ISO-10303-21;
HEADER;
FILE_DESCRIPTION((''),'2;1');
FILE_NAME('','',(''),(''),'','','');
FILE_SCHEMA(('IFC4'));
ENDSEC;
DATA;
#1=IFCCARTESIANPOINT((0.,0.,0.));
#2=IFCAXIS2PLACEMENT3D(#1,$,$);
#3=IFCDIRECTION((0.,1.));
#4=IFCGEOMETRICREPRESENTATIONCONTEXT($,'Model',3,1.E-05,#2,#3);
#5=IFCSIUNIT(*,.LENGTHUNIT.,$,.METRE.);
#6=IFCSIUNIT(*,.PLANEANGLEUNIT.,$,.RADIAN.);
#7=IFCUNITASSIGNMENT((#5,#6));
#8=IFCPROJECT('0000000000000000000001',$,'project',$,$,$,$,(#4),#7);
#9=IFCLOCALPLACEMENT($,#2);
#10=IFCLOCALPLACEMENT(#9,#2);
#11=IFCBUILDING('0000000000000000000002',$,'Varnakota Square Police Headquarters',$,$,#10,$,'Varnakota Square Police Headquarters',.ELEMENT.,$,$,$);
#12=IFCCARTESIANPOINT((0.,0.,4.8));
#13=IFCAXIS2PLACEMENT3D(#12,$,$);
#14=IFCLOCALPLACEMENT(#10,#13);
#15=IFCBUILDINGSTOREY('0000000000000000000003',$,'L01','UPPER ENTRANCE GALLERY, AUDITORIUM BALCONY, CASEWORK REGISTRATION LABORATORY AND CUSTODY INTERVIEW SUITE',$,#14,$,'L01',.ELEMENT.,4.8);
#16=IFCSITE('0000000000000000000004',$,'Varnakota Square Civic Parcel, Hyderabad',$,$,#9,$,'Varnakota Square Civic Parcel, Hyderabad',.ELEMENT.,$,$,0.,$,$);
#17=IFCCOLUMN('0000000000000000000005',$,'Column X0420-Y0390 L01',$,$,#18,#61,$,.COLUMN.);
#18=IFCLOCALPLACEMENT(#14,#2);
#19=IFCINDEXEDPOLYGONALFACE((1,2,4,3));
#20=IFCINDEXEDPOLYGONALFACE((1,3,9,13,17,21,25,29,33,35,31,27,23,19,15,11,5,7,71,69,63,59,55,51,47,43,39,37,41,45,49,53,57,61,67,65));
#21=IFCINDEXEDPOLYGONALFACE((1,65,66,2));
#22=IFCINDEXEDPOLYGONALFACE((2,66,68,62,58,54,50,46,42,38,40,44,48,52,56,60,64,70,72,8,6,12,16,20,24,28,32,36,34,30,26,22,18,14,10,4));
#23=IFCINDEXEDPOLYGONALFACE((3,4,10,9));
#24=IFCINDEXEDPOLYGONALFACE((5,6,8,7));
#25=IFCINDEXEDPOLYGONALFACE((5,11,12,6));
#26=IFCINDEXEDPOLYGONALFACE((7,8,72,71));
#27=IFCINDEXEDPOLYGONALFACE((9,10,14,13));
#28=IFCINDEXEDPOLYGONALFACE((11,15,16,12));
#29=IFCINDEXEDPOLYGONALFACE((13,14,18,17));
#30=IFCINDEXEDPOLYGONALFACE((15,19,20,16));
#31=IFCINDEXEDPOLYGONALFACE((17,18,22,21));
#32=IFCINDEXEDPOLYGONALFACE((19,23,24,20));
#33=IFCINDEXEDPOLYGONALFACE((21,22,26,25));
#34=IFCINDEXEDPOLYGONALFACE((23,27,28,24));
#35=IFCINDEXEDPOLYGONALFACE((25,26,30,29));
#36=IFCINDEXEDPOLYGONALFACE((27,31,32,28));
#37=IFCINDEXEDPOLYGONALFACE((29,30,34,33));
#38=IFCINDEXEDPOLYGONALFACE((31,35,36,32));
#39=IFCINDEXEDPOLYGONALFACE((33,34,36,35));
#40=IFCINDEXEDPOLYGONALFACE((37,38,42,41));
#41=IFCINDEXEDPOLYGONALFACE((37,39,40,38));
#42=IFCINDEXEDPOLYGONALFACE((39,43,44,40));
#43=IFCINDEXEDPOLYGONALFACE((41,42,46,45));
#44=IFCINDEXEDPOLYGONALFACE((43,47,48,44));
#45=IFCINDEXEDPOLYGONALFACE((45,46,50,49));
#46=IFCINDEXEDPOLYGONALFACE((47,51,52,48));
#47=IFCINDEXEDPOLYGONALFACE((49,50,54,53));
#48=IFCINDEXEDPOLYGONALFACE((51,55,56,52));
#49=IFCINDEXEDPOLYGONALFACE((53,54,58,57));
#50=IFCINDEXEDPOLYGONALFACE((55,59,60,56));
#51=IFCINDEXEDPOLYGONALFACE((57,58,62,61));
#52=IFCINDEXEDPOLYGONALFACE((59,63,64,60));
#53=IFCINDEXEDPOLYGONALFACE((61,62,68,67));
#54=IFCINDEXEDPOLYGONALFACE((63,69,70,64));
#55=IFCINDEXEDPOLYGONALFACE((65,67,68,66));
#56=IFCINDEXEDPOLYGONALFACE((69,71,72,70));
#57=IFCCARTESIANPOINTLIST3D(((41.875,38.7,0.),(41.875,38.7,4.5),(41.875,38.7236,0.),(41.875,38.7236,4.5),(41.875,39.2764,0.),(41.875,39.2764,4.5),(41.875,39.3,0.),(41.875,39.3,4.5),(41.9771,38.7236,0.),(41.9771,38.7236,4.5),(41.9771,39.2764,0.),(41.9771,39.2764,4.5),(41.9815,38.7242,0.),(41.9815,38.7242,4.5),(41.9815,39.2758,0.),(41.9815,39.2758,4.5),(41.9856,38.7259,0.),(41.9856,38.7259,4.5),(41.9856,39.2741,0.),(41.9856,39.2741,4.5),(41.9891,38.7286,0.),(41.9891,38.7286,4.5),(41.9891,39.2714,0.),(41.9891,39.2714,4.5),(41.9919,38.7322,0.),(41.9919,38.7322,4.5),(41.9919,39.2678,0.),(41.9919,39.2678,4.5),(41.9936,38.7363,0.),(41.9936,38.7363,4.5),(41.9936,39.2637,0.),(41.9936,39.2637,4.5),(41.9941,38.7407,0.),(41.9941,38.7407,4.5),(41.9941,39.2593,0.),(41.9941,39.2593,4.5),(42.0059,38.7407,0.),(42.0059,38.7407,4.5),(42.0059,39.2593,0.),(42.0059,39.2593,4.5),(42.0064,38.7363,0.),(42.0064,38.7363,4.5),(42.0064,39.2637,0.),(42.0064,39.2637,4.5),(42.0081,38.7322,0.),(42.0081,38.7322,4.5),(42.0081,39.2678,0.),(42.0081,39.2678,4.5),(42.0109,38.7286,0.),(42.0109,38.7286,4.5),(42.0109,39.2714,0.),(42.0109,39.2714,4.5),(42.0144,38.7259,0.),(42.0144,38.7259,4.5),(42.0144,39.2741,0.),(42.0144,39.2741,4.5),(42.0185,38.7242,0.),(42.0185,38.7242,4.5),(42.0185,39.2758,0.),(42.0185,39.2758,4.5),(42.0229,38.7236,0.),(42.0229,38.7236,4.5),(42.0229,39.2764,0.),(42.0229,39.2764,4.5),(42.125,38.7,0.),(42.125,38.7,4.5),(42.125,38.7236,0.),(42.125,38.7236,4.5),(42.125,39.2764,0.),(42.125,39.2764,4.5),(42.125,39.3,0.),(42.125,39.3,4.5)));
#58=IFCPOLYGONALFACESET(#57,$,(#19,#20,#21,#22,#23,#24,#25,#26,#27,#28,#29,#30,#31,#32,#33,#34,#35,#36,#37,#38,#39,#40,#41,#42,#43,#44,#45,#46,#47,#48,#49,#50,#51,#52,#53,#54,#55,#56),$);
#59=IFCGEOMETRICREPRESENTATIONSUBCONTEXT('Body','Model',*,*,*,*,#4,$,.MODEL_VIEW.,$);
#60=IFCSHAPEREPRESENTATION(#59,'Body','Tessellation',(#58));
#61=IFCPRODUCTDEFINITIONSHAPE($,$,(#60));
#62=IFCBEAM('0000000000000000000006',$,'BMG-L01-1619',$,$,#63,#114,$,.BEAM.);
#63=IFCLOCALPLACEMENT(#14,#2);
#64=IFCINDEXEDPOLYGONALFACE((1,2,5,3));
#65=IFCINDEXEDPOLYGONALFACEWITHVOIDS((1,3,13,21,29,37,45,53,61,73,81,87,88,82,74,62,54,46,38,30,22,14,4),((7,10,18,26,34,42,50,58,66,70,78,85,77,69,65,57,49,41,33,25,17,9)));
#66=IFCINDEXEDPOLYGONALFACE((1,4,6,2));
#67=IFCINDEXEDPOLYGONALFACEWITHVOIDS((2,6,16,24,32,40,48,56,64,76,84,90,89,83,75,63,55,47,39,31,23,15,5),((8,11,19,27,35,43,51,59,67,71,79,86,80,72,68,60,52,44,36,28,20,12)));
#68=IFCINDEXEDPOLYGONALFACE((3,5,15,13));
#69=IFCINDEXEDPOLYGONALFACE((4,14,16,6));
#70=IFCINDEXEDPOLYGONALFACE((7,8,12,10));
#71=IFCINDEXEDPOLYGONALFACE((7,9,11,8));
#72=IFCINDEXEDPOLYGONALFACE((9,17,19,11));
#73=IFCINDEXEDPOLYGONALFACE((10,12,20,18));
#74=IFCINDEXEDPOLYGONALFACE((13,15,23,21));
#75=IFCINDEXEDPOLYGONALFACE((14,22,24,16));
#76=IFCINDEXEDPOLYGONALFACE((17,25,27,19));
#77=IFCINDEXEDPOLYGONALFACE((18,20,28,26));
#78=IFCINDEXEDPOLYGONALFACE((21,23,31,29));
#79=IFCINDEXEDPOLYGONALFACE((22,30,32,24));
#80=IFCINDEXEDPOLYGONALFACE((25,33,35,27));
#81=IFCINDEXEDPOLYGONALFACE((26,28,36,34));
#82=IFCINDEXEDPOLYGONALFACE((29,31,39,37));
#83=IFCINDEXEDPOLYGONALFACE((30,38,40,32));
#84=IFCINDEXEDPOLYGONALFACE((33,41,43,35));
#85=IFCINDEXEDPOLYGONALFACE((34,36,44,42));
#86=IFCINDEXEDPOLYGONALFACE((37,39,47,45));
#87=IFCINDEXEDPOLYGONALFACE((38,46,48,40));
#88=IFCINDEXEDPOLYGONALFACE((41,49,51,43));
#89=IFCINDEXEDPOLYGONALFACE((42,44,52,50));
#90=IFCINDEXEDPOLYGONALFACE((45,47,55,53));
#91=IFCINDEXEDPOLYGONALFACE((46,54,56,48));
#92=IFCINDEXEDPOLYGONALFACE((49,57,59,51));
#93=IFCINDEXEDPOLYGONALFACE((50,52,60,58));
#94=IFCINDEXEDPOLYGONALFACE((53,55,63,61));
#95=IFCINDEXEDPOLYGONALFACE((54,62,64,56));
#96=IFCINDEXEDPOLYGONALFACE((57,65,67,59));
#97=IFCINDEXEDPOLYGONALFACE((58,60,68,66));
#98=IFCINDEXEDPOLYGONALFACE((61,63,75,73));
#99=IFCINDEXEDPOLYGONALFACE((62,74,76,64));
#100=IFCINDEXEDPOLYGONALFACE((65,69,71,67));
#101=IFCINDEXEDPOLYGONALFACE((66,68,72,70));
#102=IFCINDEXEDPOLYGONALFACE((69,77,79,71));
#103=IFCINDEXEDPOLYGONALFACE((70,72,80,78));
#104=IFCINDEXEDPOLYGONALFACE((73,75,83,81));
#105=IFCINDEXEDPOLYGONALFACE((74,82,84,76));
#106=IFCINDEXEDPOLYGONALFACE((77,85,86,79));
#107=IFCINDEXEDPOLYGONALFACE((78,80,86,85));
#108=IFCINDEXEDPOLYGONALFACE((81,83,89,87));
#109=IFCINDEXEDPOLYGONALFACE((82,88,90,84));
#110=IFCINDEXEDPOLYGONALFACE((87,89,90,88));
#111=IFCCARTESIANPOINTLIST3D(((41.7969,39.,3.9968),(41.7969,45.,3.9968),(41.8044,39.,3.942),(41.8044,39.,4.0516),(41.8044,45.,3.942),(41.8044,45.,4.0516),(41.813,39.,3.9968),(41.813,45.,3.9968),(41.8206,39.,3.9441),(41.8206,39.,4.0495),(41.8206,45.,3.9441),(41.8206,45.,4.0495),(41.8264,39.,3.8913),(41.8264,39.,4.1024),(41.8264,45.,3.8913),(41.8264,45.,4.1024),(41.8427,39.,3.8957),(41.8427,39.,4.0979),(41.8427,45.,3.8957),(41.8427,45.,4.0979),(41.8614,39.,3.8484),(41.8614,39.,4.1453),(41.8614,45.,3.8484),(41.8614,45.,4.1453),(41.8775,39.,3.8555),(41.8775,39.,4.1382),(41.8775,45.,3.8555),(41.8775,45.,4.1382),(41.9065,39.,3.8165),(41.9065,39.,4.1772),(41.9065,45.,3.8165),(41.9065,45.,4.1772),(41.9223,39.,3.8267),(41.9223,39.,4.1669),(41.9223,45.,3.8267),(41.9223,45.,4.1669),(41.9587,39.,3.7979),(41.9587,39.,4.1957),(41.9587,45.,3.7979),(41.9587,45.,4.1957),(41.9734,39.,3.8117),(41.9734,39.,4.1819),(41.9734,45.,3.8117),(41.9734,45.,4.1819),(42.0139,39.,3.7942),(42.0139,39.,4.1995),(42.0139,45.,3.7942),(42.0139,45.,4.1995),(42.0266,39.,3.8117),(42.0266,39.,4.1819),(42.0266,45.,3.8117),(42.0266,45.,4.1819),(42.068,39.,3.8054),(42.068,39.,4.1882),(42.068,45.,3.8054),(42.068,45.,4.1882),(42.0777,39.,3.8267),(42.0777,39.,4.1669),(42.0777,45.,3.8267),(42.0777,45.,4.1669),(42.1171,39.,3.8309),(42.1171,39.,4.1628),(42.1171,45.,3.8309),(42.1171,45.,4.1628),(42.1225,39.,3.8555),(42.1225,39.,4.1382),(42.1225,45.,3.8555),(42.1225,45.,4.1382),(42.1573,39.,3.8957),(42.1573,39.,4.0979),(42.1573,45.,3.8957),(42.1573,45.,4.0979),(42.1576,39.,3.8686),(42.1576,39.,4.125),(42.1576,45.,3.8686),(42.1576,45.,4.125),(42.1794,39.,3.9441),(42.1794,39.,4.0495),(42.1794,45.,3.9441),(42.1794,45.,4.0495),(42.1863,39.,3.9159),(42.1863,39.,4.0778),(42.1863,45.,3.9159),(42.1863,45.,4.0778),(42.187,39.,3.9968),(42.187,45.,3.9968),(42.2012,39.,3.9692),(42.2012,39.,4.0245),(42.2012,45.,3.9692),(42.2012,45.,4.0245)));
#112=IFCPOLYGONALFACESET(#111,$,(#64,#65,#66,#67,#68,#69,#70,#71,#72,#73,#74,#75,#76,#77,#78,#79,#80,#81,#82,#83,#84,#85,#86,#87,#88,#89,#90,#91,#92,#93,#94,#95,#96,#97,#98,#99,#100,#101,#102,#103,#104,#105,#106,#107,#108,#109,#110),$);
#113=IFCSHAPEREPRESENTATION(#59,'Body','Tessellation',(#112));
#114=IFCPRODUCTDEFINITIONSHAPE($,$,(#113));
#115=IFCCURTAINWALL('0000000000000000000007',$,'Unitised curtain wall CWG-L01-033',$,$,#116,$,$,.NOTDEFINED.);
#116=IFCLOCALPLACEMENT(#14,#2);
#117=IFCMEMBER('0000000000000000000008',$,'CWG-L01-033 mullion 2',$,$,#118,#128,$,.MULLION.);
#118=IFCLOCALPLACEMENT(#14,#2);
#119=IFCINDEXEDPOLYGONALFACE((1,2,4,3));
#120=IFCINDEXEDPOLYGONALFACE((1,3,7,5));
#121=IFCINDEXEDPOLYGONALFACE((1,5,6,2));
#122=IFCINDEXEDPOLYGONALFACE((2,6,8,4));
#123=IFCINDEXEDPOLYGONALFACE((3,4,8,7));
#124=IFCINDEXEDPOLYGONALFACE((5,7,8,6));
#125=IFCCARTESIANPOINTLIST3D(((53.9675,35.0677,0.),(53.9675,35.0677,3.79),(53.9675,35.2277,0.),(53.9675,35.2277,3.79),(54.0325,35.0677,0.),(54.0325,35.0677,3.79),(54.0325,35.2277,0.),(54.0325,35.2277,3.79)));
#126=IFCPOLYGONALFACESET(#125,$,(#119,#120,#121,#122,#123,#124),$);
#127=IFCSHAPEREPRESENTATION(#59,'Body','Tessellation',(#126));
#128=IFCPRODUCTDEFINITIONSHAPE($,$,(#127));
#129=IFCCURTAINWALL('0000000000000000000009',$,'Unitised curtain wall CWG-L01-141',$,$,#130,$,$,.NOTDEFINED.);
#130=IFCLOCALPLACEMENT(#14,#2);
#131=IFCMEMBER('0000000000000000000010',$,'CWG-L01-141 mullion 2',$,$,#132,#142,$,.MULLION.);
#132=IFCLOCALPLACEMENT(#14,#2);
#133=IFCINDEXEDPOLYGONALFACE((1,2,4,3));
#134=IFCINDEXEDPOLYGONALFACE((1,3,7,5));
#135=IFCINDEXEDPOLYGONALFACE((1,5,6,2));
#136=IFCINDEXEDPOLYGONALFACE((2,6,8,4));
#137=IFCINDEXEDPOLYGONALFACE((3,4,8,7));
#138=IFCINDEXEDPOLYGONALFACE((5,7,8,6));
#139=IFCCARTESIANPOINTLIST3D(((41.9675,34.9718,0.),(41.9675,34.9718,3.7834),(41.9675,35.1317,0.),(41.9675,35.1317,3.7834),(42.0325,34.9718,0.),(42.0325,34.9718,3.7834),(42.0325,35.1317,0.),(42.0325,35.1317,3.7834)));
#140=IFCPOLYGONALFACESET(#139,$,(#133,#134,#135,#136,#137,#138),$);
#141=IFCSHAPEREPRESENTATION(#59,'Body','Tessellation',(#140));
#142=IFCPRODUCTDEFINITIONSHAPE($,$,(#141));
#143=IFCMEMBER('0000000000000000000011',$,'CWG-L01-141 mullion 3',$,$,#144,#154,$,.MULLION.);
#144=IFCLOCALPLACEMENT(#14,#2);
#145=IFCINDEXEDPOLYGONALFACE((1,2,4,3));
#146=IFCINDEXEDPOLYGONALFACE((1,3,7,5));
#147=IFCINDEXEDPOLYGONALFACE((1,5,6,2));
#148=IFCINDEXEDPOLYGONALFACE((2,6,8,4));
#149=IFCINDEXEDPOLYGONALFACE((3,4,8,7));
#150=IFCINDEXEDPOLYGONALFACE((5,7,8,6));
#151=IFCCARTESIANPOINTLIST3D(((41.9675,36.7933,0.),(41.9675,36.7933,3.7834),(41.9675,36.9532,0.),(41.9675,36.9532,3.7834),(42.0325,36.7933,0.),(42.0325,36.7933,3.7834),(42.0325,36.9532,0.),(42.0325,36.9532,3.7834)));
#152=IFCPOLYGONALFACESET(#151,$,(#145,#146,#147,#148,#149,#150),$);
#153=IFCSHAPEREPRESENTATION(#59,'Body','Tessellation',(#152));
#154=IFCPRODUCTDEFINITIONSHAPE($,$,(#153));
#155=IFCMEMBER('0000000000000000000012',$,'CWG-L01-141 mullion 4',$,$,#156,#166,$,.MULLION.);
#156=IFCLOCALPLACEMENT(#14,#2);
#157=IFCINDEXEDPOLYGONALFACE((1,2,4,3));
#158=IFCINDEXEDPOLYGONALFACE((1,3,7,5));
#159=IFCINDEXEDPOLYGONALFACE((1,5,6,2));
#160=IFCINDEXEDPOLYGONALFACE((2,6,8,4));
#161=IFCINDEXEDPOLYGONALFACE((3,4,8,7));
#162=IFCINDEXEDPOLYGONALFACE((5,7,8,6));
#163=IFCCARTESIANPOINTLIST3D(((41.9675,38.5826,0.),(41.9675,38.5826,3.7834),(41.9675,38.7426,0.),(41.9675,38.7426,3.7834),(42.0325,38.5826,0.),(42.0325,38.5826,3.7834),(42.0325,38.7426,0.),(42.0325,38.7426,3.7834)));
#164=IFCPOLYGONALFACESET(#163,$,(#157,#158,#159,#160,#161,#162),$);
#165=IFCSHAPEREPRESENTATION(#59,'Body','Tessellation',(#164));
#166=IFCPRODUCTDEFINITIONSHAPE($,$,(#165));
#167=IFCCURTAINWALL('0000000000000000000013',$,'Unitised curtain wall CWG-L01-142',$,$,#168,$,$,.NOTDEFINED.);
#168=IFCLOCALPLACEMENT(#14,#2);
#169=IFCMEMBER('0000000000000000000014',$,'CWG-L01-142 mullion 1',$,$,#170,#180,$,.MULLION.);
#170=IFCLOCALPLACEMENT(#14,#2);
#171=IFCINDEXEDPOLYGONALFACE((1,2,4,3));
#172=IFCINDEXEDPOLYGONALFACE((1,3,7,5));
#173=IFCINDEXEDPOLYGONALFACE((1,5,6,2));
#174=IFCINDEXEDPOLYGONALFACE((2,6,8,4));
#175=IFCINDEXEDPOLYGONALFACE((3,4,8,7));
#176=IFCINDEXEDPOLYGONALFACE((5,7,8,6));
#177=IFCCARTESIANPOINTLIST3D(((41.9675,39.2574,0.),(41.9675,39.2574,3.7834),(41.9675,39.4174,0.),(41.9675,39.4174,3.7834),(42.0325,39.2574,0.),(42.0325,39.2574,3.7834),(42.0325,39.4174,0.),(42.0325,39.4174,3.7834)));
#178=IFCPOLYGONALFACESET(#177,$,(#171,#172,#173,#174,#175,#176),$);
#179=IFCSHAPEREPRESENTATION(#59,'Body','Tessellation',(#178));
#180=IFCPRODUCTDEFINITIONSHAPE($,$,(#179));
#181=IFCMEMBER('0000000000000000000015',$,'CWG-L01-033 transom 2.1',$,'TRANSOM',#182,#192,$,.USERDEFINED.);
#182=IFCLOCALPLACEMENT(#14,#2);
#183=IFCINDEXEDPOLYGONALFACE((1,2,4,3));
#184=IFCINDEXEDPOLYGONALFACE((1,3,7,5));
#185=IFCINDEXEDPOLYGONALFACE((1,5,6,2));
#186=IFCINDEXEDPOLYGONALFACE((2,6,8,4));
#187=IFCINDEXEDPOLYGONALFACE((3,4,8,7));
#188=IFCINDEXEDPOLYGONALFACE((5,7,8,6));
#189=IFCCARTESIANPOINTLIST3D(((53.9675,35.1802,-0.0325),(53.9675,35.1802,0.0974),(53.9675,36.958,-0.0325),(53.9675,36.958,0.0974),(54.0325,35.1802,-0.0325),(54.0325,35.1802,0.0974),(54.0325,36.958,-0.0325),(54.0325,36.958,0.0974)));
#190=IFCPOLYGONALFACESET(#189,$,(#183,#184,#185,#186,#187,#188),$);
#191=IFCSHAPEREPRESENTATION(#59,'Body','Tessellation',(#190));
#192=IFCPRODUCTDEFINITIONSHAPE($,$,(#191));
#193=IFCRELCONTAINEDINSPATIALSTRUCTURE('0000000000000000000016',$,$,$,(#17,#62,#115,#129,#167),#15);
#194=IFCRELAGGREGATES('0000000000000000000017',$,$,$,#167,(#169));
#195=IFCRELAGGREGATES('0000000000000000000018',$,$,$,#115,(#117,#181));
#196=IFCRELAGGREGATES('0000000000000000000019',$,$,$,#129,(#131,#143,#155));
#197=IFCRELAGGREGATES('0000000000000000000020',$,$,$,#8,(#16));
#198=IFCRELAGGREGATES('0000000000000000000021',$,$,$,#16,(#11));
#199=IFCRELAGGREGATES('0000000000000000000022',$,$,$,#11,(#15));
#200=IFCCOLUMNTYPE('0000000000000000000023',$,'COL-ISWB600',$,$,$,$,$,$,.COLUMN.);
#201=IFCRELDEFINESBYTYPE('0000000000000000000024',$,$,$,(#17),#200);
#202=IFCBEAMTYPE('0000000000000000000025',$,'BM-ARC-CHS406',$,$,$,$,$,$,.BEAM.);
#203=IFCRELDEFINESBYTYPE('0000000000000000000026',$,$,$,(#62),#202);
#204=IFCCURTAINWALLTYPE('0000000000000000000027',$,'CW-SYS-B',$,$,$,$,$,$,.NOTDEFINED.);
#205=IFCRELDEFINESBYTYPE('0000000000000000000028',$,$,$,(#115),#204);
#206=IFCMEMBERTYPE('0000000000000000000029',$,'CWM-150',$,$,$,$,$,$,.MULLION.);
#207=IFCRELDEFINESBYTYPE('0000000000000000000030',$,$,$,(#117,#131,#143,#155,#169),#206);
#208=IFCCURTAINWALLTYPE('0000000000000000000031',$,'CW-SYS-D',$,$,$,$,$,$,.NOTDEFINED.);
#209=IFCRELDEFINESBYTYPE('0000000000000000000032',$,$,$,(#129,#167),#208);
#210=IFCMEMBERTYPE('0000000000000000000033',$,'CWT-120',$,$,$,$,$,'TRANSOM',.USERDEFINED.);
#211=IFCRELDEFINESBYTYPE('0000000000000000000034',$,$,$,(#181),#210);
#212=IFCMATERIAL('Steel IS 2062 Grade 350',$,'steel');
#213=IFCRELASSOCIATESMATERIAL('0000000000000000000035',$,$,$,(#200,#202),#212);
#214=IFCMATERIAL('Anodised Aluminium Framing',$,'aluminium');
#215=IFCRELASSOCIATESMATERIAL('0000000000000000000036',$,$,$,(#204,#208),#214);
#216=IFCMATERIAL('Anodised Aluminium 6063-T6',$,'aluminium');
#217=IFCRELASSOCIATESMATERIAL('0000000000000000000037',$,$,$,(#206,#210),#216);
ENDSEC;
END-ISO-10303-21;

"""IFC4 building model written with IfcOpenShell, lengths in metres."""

from ifc_helpers import new_model, si_unit, direction, frame, origin, origin_2d, place, context, subcontext, project, spatial, rectangle, hollow_circle, i_section, extrude, material, material_profile, profile_set, type_object, element, aggregate, save


model = new_model("IFC4")

# Units and contexts
model_context = context("Model", 3, precision=1e-05, world=origin(), true_north=direction((0.0, 1.0)))
body_context = subcontext(model_context, "Body", "Model", "MODEL_VIEW")
ifc_project = project(units=[si_unit("LENGTHUNIT", "METRE"), si_unit("PLANEANGLEUNIT", "RADIAN")], contexts=[model_context])

# Site, building, storey
site_placement = place(None, origin())
site = spatial("IfcSite", under=ifc_project, at=site_placement, Name="Varnakota Square Civic Parcel, Hyderabad", LongName="Varnakota Square Civic Parcel, Hyderabad", CompositionType="ELEMENT", RefElevation=0.0)
building_placement = place(site_placement, origin())
building = spatial("IfcBuilding", under=site, at=building_placement, Name="Varnakota Square Police Headquarters", LongName="Varnakota Square Police Headquarters", CompositionType="ELEMENT")
storey_placement = place(building_placement, frame((0.0, 0.0, 4.8)))
storey = spatial("IfcBuildingStorey", under=building, at=storey_placement, Name="L01", Description="UPPER ENTRANCE GALLERY, AUDITORIUM BALCONY, CASEWORK REGISTRATION LABORATORY AND CUSTODY INTERVIEW SUITE", LongName="L01", CompositionType="ELEMENT", Elevation=4.8)

# Column
ifc_material_1 = material(Name="Steel IS 2062 Grade 350", Category="steel")
ifc_material_profile_1 = material_profile(ifc_material_1, i_section(OverallWidth=0.25, OverallDepth=0.6001, WebThickness=0.0117, FlangeThickness=0.0237, FilletRadius=0.0171, at=origin_2d()), Name="ISWB 600")
ifc_profile_set_1 = profile_set([ifc_material_profile_1], Name="Steel IS 2062 Grade 350")
column_type = type_object("IfcColumnType", Name="COL-ISWB600", PredefinedType="COLUMN", material=ifc_profile_set_1)
column_placement = place(storey_placement, frame((42.0, 39.0, 0.0), z_axis=(0.0, 0.0, 1.0), x_axis=(1.0, 0.0, 0.0)))
element("IfcColumn", 1, at=column_placement, inside=storey, type_object=column_type, Name="Column X0420-Y0390 L01", PredefinedType="COLUMN", context=body_context, shape_type="SweptSolid", body=[
    extrude(i_section(OverallWidth=0.25, OverallDepth=0.6001, WebThickness=0.0117, FlangeThickness=0.0237, FilletRadius=0.0171, at=origin_2d()), origin(), (0.0, 0.0, 1.0), 4.5),
])

# Beam
ifc_material_profile_2 = material_profile(ifc_material_1, hollow_circle(Radius=0.2031, WallThickness=0.0161, at=origin_2d()), Name="CHS 406.4x16.0")
ifc_profile_set_2 = profile_set([ifc_material_profile_2], Name="Steel IS 2062 Grade 350")
beam_type = type_object("IfcBeamType", Name="BM-ARC-CHS406", PredefinedType="BEAM", material=ifc_profile_set_2)
beam_placement = place(storey_placement, frame((42.0, 39.0, 3.9968), z_axis=(0.0, 1.0, 0.0), x_axis=(-1.0, 0.0, 0.0)))
element("IfcBeam", 2, at=beam_placement, inside=storey, type_object=beam_type, Name="BMG-L01-1619", PredefinedType="BEAM", context=body_context, shape_type="SweptSolid", body=[
    extrude(hollow_circle(Radius=0.2031, WallThickness=0.0161, at=origin_2d()), origin(), (0.0, 0.0, 1.0), 6.0),
])

# Curtain wall, member
ifc_material_2 = material(Name="Anodised Aluminium Framing", Category="aluminium")
curtain_wall_type_1 = type_object("IfcCurtainWallType", Name="CW-SYS-B", PredefinedType="NOTDEFINED", material=ifc_material_2)
curtain_wall_1_placement = place(storey_placement, origin())
curtain_wall_1 = element("IfcCurtainWall", 3, at=curtain_wall_1_placement, inside=storey, type_object=curtain_wall_type_1, Name="Unitised curtain wall CWG-L01-033", PredefinedType="NOTDEFINED")
ifc_material_3 = material(Name="Anodised Aluminium 6063-T6", Category="aluminium")
ifc_material_profile_3 = material_profile(ifc_material_3, rectangle(XDim=0.0649, YDim=0.1599, at=origin_2d()), Name="ALU MULLION 65x160")
ifc_profile_set_3 = profile_set([ifc_material_profile_3], Name="Anodised Aluminium 6063-T6")
member_type_1 = type_object("IfcMemberType", Name="CWM-150", PredefinedType="MULLION", material=ifc_profile_set_3)
member_1_placement = place(storey_placement, frame((54.0, 35.1477, 0.0), z_axis=(0.0, 0.0, 1.0), x_axis=(-1.0, 0.0, 0.0)))
member_1 = element("IfcMember", 4, at=member_1_placement, type_object=member_type_1, Name="CWG-L01-033 mullion 2", PredefinedType="MULLION", context=body_context, shape_type="SweptSolid", body=[
    extrude(rectangle(XDim=0.0649, YDim=0.1599, at=origin_2d()), origin(), (0.0, 0.0, 1.0), 3.79),
])

# Curtain wall, members
curtain_wall_type_2 = type_object("IfcCurtainWallType", Name="CW-SYS-D", PredefinedType="NOTDEFINED", material=ifc_material_2)
curtain_wall_2_placement = place(storey_placement, origin())
curtain_wall_2 = element("IfcCurtainWall", 5, at=curtain_wall_2_placement, inside=storey, type_object=curtain_wall_type_2, Name="Unitised curtain wall CWG-L01-141", PredefinedType="NOTDEFINED")
member_2_placement = place(storey_placement, frame((42.0, 35.0518, 0.0), z_axis=(0.0, 0.0, 1.0), x_axis=(-1.0, 0.0, 0.0)))
member_2 = element("IfcMember", 6, at=member_2_placement, type_object=member_type_1, Name="CWG-L01-141 mullion 2", PredefinedType="MULLION", context=body_context, shape_type="SweptSolid", body=[
    extrude(rectangle(XDim=0.0649, YDim=0.1599, at=origin_2d()), origin(), (0.0, 0.0, 1.0), 3.7834),
])
member_3_placement = place(storey_placement, frame((42.0, 36.8733, 0.0), z_axis=(0.0, 0.0, 1.0), x_axis=(-1.0, 0.0, 0.0)))
member_3 = element("IfcMember", 7, at=member_3_placement, type_object=member_type_1, Name="CWG-L01-141 mullion 3", PredefinedType="MULLION", context=body_context, shape_type="SweptSolid", body=[
    extrude(rectangle(XDim=0.0649, YDim=0.1599, at=origin_2d()), origin(), (0.0, 0.0, 1.0), 3.7834),
])
member_4_placement = place(storey_placement, frame((42.0, 38.6626, 0.0), z_axis=(0.0, 0.0, 1.0), x_axis=(-1.0, 0.0, 0.0)))
member_4 = element("IfcMember", 8, at=member_4_placement, type_object=member_type_1, Name="CWG-L01-141 mullion 4", PredefinedType="MULLION", context=body_context, shape_type="SweptSolid", body=[
    extrude(rectangle(XDim=0.0649, YDim=0.1599, at=origin_2d()), origin(), (0.0, 0.0, 1.0), 3.7834),
])

# Curtain wall, member
curtain_wall_3_placement = place(storey_placement, origin())
curtain_wall_3 = element("IfcCurtainWall", 9, at=curtain_wall_3_placement, inside=storey, type_object=curtain_wall_type_2, Name="Unitised curtain wall CWG-L01-142", PredefinedType="NOTDEFINED")
member_5_placement = place(storey_placement, frame((42.0, 39.3374, 0.0), z_axis=(0.0, 0.0, 1.0), x_axis=(-1.0, 0.0, 0.0)))
member_5 = element("IfcMember", 10, at=member_5_placement, type_object=member_type_1, Name="CWG-L01-142 mullion 1", PredefinedType="MULLION", context=body_context, shape_type="SweptSolid", body=[
    extrude(rectangle(XDim=0.0649, YDim=0.1599, at=origin_2d()), origin(), (0.0, 0.0, 1.0), 3.7834),
])

# Member
ifc_material_profile_4 = material_profile(ifc_material_3, rectangle(XDim=0.0649, YDim=0.1299, at=origin_2d()), Name="ALU TRANSOM 65x130")
ifc_profile_set_4 = profile_set([ifc_material_profile_4], Name="Anodised Aluminium 6063-T6")
member_type_2 = type_object("IfcMemberType", Name="CWT-120", ElementType="TRANSOM", PredefinedType="USERDEFINED", material=ifc_profile_set_4)
member_6_placement = place(storey_placement, frame((54.0, 35.1802, 0.0325), z_axis=(0.0, 1.0, 0.0), x_axis=(-1.0, 0.0, 0.0)))
member_6 = element("IfcMember", 11, at=member_6_placement, type_object=member_type_2, Name="CWG-L01-033 transom 2.1", ObjectType="TRANSOM", PredefinedType="USERDEFINED", context=body_context, shape_type="SweptSolid", body=[
    extrude(rectangle(XDim=0.0649, YDim=0.1299, at=origin_2d()), origin(), (0.0, 0.0, 1.0), 1.7778),
])
aggregate(curtain_wall_3, [member_5])

aggregate(curtain_wall_1, [member_1, member_6])
aggregate(curtain_wall_2, [member_2, member_3, member_4])

save(model, "model.ifc")
